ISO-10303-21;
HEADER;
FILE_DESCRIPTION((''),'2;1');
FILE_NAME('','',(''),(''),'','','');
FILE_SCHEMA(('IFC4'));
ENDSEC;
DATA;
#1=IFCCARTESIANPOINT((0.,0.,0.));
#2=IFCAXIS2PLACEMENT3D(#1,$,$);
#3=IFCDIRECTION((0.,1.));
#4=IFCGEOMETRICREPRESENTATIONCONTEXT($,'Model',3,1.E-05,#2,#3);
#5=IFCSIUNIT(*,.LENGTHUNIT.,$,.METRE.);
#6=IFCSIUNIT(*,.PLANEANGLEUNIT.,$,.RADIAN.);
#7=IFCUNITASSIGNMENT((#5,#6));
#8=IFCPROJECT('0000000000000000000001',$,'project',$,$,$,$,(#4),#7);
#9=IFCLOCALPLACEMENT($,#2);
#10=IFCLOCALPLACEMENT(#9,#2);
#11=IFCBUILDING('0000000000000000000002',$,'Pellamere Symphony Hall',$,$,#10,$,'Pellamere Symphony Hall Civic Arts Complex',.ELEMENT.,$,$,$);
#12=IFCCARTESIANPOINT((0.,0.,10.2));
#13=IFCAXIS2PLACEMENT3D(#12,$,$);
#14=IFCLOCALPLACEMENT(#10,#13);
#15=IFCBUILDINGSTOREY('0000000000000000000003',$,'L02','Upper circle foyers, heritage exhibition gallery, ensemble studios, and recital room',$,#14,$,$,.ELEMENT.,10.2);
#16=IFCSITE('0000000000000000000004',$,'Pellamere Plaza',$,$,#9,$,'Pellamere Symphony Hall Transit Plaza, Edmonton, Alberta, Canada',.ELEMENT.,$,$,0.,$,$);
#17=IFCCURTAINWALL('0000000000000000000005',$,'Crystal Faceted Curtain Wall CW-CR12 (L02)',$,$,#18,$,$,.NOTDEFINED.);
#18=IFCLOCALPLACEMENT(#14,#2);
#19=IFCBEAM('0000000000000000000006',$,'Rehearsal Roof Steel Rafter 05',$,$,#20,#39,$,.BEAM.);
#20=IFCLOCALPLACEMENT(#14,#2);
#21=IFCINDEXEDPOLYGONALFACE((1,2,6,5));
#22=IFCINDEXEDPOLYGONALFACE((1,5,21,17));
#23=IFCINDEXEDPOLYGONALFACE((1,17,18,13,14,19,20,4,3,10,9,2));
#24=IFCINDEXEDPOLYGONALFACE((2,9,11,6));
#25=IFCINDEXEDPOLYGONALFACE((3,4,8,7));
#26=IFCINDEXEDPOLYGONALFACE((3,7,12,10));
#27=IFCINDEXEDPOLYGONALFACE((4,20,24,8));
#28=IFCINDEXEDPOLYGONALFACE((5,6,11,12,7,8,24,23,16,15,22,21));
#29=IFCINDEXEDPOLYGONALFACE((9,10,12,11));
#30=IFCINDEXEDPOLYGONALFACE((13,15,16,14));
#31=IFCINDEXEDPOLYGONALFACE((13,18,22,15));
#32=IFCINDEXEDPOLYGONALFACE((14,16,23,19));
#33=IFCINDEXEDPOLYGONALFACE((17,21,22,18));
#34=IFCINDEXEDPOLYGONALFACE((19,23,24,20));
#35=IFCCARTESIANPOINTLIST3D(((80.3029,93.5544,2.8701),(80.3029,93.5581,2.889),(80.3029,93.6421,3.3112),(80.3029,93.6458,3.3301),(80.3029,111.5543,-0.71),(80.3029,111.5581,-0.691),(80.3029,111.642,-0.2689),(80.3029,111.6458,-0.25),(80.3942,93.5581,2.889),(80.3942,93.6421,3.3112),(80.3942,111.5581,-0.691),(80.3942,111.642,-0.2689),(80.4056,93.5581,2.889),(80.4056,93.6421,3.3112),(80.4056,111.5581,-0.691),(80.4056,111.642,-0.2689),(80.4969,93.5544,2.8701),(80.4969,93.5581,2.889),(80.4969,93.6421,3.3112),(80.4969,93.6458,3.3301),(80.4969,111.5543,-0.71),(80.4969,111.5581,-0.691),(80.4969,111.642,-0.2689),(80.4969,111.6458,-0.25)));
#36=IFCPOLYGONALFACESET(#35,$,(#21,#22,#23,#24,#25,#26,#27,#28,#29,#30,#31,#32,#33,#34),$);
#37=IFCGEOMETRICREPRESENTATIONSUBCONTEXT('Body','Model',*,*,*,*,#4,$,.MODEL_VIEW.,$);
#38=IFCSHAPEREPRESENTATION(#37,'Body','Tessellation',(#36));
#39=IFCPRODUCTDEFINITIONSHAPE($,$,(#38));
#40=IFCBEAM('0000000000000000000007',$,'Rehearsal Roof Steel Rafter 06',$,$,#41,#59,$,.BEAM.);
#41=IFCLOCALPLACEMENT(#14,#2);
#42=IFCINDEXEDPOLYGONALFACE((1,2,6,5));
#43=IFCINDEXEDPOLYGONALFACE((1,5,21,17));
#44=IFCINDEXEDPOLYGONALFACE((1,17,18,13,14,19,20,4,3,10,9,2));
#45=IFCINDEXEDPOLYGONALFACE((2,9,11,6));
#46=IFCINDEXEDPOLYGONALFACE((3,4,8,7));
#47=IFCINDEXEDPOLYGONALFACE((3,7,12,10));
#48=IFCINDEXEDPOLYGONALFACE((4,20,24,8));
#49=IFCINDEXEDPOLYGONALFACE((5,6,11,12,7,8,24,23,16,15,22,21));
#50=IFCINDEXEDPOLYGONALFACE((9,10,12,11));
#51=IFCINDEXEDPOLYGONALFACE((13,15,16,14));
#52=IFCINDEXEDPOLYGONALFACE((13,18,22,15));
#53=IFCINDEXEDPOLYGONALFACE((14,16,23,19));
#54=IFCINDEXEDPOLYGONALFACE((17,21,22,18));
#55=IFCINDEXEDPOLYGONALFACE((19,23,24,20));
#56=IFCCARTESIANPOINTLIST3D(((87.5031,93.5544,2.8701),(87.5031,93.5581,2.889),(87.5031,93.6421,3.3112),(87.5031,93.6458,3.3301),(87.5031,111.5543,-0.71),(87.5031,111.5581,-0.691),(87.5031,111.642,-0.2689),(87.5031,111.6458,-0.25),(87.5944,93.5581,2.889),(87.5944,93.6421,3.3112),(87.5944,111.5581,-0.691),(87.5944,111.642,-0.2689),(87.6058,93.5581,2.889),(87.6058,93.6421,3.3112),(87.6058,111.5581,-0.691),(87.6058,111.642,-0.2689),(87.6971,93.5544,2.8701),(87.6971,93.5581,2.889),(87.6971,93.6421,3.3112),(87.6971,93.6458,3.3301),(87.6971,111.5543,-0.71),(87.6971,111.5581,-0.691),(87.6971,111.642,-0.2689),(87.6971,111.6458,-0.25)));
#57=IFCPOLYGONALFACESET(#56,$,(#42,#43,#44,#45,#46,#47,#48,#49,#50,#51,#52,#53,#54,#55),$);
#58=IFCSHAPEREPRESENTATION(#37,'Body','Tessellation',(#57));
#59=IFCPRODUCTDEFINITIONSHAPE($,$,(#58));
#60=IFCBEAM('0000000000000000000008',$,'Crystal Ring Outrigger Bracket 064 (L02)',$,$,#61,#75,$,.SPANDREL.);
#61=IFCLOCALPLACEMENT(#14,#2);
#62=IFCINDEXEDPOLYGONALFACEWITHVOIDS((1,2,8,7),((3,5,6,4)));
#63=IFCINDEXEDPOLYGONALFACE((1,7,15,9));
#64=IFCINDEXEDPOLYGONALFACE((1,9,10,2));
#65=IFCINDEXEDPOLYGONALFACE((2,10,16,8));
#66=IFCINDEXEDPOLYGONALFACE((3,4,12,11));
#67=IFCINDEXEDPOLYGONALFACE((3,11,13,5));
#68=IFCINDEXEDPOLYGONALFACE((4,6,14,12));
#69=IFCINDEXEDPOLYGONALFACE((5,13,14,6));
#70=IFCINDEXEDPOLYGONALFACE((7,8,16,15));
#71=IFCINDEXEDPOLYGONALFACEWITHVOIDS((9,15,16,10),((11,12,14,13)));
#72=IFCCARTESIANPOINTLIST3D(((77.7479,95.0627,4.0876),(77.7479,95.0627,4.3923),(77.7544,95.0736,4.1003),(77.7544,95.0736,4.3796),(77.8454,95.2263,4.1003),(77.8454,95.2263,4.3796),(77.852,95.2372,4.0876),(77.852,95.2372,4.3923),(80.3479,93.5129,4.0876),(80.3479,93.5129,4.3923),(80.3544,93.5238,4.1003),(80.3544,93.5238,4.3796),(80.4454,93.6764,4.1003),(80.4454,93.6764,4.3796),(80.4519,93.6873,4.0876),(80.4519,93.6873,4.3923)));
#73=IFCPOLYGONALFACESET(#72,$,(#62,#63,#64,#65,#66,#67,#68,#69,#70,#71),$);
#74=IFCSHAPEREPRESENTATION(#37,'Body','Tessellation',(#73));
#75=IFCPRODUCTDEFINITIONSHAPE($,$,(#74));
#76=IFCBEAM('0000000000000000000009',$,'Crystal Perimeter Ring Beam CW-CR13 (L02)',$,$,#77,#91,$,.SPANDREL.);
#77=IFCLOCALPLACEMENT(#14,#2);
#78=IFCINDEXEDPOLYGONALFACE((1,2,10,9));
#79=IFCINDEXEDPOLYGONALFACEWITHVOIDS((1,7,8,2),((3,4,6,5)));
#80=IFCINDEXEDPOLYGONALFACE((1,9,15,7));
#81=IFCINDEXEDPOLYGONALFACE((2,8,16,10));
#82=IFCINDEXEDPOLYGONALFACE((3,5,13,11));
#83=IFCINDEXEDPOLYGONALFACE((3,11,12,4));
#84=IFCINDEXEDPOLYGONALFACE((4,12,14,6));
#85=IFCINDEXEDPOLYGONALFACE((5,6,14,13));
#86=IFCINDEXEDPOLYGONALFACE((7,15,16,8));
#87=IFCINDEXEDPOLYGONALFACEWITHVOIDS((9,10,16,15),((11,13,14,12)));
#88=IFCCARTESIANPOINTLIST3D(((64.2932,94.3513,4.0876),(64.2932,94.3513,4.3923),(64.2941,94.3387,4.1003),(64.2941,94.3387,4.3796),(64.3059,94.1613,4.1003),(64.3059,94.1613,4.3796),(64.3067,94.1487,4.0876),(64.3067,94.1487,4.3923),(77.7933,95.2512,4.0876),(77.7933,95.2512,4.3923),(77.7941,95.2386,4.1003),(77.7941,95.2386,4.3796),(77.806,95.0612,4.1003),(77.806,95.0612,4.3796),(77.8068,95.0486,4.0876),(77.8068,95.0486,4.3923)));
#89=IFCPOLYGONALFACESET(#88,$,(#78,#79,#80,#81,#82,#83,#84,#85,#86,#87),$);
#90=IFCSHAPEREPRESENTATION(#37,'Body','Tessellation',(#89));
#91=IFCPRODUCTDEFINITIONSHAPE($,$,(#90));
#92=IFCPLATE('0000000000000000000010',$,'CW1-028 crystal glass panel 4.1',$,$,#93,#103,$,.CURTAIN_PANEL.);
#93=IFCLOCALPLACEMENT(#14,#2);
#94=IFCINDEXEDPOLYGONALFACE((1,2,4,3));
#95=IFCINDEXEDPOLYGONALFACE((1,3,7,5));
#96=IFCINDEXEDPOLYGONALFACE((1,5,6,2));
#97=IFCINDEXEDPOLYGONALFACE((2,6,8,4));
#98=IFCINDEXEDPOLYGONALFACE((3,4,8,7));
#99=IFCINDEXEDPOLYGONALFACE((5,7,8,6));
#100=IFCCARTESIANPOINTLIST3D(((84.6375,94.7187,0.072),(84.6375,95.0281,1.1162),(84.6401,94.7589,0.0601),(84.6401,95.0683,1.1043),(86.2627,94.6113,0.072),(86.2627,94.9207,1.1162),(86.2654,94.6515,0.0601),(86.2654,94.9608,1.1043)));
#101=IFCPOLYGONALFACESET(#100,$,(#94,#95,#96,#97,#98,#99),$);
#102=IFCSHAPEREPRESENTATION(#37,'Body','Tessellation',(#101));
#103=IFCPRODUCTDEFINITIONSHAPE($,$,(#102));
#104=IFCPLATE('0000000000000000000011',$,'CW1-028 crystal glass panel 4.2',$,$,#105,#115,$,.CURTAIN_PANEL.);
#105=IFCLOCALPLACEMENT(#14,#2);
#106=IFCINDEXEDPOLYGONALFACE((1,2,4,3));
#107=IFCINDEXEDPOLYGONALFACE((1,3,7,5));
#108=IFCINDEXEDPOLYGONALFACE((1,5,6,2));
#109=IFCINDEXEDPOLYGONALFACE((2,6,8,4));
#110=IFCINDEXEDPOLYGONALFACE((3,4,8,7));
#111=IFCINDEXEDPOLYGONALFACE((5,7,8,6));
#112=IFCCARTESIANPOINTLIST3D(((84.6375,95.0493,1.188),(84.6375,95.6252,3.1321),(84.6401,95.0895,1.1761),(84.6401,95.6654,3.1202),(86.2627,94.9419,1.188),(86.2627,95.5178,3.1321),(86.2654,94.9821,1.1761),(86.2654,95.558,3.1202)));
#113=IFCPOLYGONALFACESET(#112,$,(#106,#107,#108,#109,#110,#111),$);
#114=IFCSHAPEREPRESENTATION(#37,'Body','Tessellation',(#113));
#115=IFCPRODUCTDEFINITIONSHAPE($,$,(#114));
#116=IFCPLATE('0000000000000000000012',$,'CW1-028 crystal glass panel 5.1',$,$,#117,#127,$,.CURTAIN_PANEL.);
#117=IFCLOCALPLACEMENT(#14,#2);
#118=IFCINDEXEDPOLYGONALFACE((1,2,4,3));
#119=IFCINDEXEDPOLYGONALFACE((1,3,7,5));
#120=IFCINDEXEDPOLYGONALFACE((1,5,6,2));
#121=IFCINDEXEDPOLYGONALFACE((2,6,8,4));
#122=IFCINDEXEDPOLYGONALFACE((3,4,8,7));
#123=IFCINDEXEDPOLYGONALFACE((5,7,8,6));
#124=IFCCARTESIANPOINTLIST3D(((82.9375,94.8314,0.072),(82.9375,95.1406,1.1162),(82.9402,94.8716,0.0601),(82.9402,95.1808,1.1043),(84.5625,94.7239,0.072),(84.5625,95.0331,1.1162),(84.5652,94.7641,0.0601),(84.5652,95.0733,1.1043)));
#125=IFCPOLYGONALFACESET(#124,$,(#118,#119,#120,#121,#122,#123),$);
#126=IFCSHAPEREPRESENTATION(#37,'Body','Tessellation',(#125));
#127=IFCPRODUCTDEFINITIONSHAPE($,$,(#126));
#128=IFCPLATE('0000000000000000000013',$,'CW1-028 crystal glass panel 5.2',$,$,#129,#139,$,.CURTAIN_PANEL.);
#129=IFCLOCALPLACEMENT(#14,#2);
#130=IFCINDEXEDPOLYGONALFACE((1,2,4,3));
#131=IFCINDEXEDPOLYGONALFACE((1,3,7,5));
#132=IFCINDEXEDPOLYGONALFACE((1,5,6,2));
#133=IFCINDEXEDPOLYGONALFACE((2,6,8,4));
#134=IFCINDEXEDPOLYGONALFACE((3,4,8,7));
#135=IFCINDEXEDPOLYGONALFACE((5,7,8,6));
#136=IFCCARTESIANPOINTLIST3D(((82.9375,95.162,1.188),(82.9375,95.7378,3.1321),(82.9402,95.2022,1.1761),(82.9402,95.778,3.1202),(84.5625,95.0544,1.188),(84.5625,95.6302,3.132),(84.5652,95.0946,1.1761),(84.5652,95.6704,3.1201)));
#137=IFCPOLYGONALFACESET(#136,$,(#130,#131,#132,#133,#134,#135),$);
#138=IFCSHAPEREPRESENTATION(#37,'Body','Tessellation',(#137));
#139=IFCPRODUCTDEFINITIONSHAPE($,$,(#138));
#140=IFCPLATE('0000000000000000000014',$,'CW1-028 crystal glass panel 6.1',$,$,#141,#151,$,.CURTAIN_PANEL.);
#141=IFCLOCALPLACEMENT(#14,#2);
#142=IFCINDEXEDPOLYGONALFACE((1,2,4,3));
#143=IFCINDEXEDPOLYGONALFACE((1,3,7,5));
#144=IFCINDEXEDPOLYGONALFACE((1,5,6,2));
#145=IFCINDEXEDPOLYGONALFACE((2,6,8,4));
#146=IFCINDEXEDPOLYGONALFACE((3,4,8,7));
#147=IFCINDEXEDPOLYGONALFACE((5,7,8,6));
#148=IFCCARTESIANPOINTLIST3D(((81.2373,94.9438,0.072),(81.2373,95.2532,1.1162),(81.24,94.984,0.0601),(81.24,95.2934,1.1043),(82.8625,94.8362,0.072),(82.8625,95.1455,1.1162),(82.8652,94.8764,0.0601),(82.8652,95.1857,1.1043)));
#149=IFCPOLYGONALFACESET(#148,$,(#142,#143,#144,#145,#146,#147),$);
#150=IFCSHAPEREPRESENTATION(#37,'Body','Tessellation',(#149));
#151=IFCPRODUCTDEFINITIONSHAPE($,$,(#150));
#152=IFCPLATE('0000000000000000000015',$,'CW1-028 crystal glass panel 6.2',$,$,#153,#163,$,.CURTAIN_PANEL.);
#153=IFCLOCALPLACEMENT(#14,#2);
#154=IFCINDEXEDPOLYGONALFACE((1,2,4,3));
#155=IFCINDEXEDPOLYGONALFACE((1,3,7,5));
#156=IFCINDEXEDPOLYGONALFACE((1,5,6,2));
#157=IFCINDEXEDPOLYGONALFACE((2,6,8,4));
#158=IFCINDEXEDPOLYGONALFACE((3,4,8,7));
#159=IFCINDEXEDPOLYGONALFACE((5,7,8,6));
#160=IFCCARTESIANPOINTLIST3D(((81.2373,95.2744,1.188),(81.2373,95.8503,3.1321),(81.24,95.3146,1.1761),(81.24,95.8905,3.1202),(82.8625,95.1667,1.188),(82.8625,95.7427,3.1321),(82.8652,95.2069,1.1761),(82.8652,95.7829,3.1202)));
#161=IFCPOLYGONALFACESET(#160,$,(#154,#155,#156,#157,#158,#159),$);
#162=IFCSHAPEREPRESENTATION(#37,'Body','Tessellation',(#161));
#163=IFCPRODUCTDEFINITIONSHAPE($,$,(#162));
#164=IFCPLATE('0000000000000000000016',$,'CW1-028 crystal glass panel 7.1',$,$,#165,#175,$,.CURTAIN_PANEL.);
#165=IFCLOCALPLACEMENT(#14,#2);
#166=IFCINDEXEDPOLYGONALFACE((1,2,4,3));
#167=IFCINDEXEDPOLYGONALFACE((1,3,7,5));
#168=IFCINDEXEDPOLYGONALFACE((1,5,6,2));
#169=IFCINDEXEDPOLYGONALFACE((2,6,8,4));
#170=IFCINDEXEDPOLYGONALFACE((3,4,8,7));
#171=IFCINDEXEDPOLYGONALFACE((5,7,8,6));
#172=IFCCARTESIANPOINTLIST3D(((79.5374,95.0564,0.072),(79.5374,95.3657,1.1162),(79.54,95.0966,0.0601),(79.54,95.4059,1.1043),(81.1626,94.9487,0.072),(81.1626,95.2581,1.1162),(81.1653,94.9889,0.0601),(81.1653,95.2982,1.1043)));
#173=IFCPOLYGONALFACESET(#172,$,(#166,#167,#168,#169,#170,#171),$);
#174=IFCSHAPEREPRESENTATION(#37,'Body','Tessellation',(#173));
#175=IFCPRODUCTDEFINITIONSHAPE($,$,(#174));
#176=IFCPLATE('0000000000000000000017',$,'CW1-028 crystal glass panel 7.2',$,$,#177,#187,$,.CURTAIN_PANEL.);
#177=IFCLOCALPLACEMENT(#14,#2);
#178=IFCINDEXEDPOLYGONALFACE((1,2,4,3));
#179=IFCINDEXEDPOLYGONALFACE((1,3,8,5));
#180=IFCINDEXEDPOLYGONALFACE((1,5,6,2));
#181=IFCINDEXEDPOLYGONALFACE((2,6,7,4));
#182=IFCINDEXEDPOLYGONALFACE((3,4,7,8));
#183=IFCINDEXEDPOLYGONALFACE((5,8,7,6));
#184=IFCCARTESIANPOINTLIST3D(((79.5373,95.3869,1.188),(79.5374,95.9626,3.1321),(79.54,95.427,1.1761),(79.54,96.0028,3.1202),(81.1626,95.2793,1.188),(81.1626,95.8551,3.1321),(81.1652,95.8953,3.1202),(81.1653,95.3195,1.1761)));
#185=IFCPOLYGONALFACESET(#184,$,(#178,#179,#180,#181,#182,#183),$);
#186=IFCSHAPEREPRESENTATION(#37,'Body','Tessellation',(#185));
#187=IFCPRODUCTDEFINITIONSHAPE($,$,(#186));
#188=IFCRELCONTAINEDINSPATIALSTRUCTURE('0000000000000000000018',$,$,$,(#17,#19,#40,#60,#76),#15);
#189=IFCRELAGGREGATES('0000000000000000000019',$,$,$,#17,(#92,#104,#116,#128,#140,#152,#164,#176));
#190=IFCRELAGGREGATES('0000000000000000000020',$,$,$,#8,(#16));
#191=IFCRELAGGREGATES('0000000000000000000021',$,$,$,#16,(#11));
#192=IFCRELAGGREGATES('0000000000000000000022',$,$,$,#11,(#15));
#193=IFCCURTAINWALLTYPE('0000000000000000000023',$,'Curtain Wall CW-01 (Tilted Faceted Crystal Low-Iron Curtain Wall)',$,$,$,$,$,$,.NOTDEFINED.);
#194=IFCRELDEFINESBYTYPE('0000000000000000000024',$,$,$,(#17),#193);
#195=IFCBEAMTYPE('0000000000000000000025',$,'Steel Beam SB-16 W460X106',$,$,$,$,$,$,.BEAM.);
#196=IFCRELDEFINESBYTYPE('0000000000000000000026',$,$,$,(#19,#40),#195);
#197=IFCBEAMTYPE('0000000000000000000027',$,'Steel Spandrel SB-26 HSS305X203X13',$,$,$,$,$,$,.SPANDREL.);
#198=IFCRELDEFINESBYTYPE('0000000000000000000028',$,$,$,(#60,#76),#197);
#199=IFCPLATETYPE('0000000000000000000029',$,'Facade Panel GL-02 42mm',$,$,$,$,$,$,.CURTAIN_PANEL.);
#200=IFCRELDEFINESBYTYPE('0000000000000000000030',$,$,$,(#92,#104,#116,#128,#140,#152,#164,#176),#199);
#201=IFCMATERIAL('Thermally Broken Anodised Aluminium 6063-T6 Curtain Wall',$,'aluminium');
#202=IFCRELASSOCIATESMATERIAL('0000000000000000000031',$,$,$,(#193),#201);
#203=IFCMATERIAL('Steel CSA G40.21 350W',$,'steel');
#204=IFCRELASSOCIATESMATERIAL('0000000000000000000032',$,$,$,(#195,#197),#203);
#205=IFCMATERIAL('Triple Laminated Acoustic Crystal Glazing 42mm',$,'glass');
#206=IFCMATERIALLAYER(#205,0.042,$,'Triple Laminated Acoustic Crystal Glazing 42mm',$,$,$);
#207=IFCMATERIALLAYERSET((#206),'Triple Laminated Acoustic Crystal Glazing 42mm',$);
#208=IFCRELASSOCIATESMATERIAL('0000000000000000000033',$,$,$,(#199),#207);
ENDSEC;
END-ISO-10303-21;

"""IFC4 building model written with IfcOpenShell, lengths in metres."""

from ifc_helpers import new_model, si_unit, direction, frame, origin, origin_2d, place, context, subcontext, project, spatial, polyline, hollow_rectangle, i_section, outline, extrude, material, layer, layer_set, material_profile, profile_set, type_object, element, aggregate, save


model = new_model("IFC4")

# Units and contexts
model_context = context("Model", 3, precision=1e-05, world=origin(), true_north=direction((0.0, 1.0)))
body_context = subcontext(model_context, "Body", "Model", "MODEL_VIEW")
ifc_project = project(units=[si_unit("LENGTHUNIT", "METRE"), si_unit("PLANEANGLEUNIT", "RADIAN")], contexts=[model_context])

# Site, building, storey
site_placement = place(None, origin())
site = spatial("IfcSite", under=ifc_project, at=site_placement, Name="Pellamere Plaza", LongName="Pellamere Symphony Hall Transit Plaza, Edmonton, Alberta, Canada", CompositionType="ELEMENT", RefElevation=0.0)
building_placement = place(site_placement, origin())
building = spatial("IfcBuilding", under=site, at=building_placement, Name="Pellamere Symphony Hall", LongName="Pellamere Symphony Hall Civic Arts Complex", CompositionType="ELEMENT")
storey_placement = place(building_placement, frame((0.0, 0.0, 10.2)))
storey = spatial("IfcBuildingStorey", under=building, at=storey_placement, Name="L02", Description="Upper circle foyers, heritage exhibition gallery, ensemble studios, and recital room", CompositionType="ELEMENT", Elevation=10.2)

# Curtain wall
ifc_material_1 = material(Name="Thermally Broken Anodised Aluminium 6063-T6 Curtain Wall", Category="aluminium")
curtain_wall_type = type_object("IfcCurtainWallType", Name="Curtain Wall CW-01 (Tilted Faceted Crystal Low-Iron Curtain Wall)", PredefinedType="NOTDEFINED", material=ifc_material_1)
curtain_wall_1_placement = place(storey_placement, origin())
curtain_wall_1 = element("IfcCurtainWall", 1, at=curtain_wall_1_placement, inside=storey, type_object=curtain_wall_type, Name="Crystal Faceted Curtain Wall CW-CR12 (L02)", PredefinedType="NOTDEFINED")

# Beams
ifc_material_2 = material(Name="Steel CSA G40.21 350W", Category="steel")
ifc_material_profile_1 = material_profile(ifc_material_2, i_section(OverallWidth=0.1941, OverallDepth=0.469, WebThickness=0.0115, FlangeThickness=0.0193, at=origin_2d()), Name="W460X106")
ifc_profile_set_1 = profile_set([ifc_material_profile_1], Name="Steel CSA G40.21 350W")
beam_type_1 = type_object("IfcBeamType", Name="Steel Beam SB-16 W460X106", PredefinedType="BEAM", material=ifc_profile_set_1)
for number, where, z_axis, x_axis, name in (
    (2, (80.3999, 93.6001, 3.1001), (0.0, 0.980789, -0.195072), (-1.0, 0.0, 0.0), "Rehearsal Roof Steel Rafter 05"),
    (3, (87.6001, 93.6001, 3.1001), (0.0, 0.980789, -0.195072), (-1.0, 0.0, 0.0), "Rehearsal Roof Steel Rafter 06"),
):
    element("IfcBeam", number, at=place(storey_placement, frame(where, z_axis=z_axis, x_axis=x_axis)), inside=storey, type_object=beam_type_1, Name=name, PredefinedType="BEAM", context=body_context, shape_type="SweptSolid", body=[
        extrude(i_section(OverallWidth=0.1941, OverallDepth=0.469, WebThickness=0.0115, FlangeThickness=0.0193, at=origin_2d()), origin(), (0.0, 0.0, 1.0), 18.3525),
    ])
ifc_material_profile_2 = material_profile(ifc_material_2, hollow_rectangle(XDim=0.2031, YDim=0.3047, WallThickness=0.0127, at=origin_2d()), Name="HSS305X203X13")
ifc_profile_set_2 = profile_set([ifc_material_profile_2], Name="Steel CSA G40.21 350W")
beam_type_2 = type_object("IfcBeamType", Name="Steel Spandrel SB-26 HSS305X203X13", PredefinedType="SPANDREL", material=ifc_profile_set_2)
beam_1_placement = place(storey_placement, frame((80.3999, 93.6001, 4.24), z_axis=(-0.858963, 0.512038, 0.0), x_axis=(-0.512038, -0.858963, 0.0)))
element("IfcBeam", 4, at=beam_1_placement, inside=storey, type_object=beam_type_2, Name="Crystal Ring Outrigger Bracket 064 (L02)", PredefinedType="SPANDREL", context=body_context, shape_type="SweptSolid", body=[
    extrude(hollow_rectangle(XDim=0.2031, YDim=0.3047, WallThickness=0.0127, at=origin_2d()), origin(), (0.0, 0.0, 1.0), 3.0269),
])
beam_2_placement = place(storey_placement, frame((77.8, 95.1499, 4.24), z_axis=(-0.997786, -0.066512, 0.0), x_axis=(0.066512, -0.997786, 0.0)))
element("IfcBeam", 5, at=beam_2_placement, inside=storey, type_object=beam_type_2, Name="Crystal Perimeter Ring Beam CW-CR13 (L02)", PredefinedType="SPANDREL", context=body_context, shape_type="SweptSolid", body=[
    extrude(hollow_rectangle(XDim=0.2031, YDim=0.3047, WallThickness=0.0127, at=origin_2d()), origin(), (0.0, 0.0, 1.0), 13.53),
])

# Plates
ifc_material_3 = material(Name="Triple Laminated Acoustic Crystal Glazing 42mm", Category="glass")
ifc_layer_1 = layer(ifc_material_3, 0.042, Name="Triple Laminated Acoustic Crystal Glazing 42mm")
ifc_layer_set_1 = layer_set([ifc_layer_1], Name="Triple Laminated Acoustic Crystal Glazing 42mm")
plate_type_1 = type_object("IfcPlateType", Name="Facade Panel GL-02 42mm", PredefinedType="CURTAIN_PANEL", material=ifc_layer_set_1)
plate_1_placement = place(storey_placement, frame((86.2627, 94.6113, 0.072), z_axis=(-0.063247, -0.956894, 0.283466), x_axis=(-0.997823, 0.065952, 0.0)))
plate_1 = element("IfcPlate", 6, at=plate_1_placement, type_object=plate_type_1, Name="CW1-028 crystal glass panel 4.1", PredefinedType="CURTAIN_PANEL", context=body_context, shape_type="SweptSolid", body=[
    extrude(outline(polyline([(0.0, 0.0), (1.6288, 0.0), (1.6492, -1.0889), (0.0204, -1.0889), (0.0, 0.0)])), origin(), (0.0, 0.0, -1.0), 0.042),
])
plate_2_placement = place(storey_placement, frame((86.2627, 94.9419, 1.188), z_axis=(-0.063247, -0.956892, 0.283475), x_axis=(-0.997823, 0.065952, 0.0)))
plate_2 = element("IfcPlate", 7, at=plate_2_placement, type_object=plate_type_1, Name="CW1-028 crystal glass panel 4.2", PredefinedType="CURTAIN_PANEL", context=body_context, shape_type="SweptSolid", body=[
    extrude(outline(polyline([(0.0, 0.0), (1.6288, 0.0), (1.6668, -2.0273), (0.038, -2.0273), (0.0, 0.0)])), origin(), (0.0, 0.0, -1.0), 0.042),
])
plate_3_placement = place(storey_placement, frame((84.5625, 94.7239, 0.072), z_axis=(-0.06333, -0.95692, 0.283362), x_axis=(-0.997818, 0.06603, -0.00002)))
plate_3 = element("IfcPlate", 8, at=plate_3_placement, type_object=plate_type_1, Name="CW1-028 crystal glass panel 5.1", PredefinedType="CURTAIN_PANEL", context=body_context, shape_type="SweptSolid", body=[
    extrude(outline(polyline([(0.0, 0.0), (1.6285, 0.0), (1.649, -1.0889), (0.0204, -1.0888), (0.0, 0.0)])), origin(), (0.0, 0.0, -1.0), 0.042),
])
plate_4_placement = place(storey_placement, frame((84.5625, 95.0544, 1.188), z_axis=(-0.063329, -0.956903, 0.283418), x_axis=(-0.997818, 0.06603, -0.00002)))
plate_4 = element("IfcPlate", 9, at=plate_4_placement, type_object=plate_type_1, Name="CW1-028 crystal glass panel 5.2", PredefinedType="CURTAIN_PANEL", context=body_context, shape_type="SweptSolid", body=[
    extrude(outline(polyline([(0.0, 0.0), (1.6285, 0.0), (1.6665, -2.0272), (0.038, -2.0272), (0.0, 0.0)])), origin(), (0.0, 0.0, -1.0), 0.042),
])
plate_5_placement = place(storey_placement, frame((82.8625, 94.8362, 0.072), z_axis=(-0.06339, -0.956886, 0.283464), x_axis=(-0.997813, 0.066101, 0.0)))
plate_5 = element("IfcPlate", 10, at=plate_5_placement, type_object=plate_type_1, Name="CW1-028 crystal glass panel 6.1", PredefinedType="CURTAIN_PANEL", context=body_context, shape_type="SweptSolid", body=[
    extrude(outline(polyline([(0.0, 0.0), (1.6288, 0.0), (1.6493, -1.0889), (0.0204, -1.0889), (0.0, 0.0)])), origin(), (0.0, 0.0, -1.0), 0.042),
])
plate_6_placement = place(storey_placement, frame((82.8625, 95.1667, 1.188), z_axis=(-0.06339, -0.956883, 0.283472), x_axis=(-0.997813, 0.066101, 0.0)))
plate_6 = element("IfcPlate", 11, at=plate_6_placement, type_object=plate_type_1, Name="CW1-028 crystal glass panel 6.2", PredefinedType="CURTAIN_PANEL", context=body_context, shape_type="SweptSolid", body=[
    extrude(outline(polyline([(0.0, 0.0), (1.6288, 0.0), (1.6669, -2.0272), (0.0381, -2.0272), (0.0, 0.0)])), origin(), (0.0, 0.0, -1.0), 0.042),
])
plate_7_placement = place(storey_placement, frame((81.1626, 94.9487, 0.072), z_axis=(-0.06339, -0.956886, 0.283464), x_axis=(-0.997813, 0.066101, 0.0)))
plate_7 = element("IfcPlate", 12, at=plate_7_placement, type_object=plate_type_1, Name="CW1-028 crystal glass panel 7.1", PredefinedType="CURTAIN_PANEL", context=body_context, shape_type="SweptSolid", body=[
    extrude(outline(polyline([(0.0, 0.0), (1.6288, 0.0), (1.6493, -1.0889), (0.0204, -1.0889), (0.0, 0.0)])), origin(), (0.0, 0.0, -1.0), 0.042),
])
plate_8_placement = place(storey_placement, frame((81.1626, 95.2793, 1.188), z_axis=(-0.063319, -0.956904, 0.283418), x_axis=(-0.997817, 0.066033, 0.00002)))
plate_8 = element("IfcPlate", 13, at=plate_8_placement, type_object=plate_type_1, Name="CW1-028 crystal glass panel 7.2", PredefinedType="CURTAIN_PANEL", context=body_context, shape_type="SweptSolid", body=[
    extrude(outline(polyline([(0.0, 0.0), (1.6288, 0.0), (1.6669, -2.0272), (0.0381, -2.0272), (0.0, 0.0)])), origin(), (0.0, 0.0, -1.0), 0.042),
])
aggregate(curtain_wall_1, [plate_1, plate_2, plate_3, plate_4, plate_5, plate_6, plate_7, plate_8])

save(model, "model.ifc")
